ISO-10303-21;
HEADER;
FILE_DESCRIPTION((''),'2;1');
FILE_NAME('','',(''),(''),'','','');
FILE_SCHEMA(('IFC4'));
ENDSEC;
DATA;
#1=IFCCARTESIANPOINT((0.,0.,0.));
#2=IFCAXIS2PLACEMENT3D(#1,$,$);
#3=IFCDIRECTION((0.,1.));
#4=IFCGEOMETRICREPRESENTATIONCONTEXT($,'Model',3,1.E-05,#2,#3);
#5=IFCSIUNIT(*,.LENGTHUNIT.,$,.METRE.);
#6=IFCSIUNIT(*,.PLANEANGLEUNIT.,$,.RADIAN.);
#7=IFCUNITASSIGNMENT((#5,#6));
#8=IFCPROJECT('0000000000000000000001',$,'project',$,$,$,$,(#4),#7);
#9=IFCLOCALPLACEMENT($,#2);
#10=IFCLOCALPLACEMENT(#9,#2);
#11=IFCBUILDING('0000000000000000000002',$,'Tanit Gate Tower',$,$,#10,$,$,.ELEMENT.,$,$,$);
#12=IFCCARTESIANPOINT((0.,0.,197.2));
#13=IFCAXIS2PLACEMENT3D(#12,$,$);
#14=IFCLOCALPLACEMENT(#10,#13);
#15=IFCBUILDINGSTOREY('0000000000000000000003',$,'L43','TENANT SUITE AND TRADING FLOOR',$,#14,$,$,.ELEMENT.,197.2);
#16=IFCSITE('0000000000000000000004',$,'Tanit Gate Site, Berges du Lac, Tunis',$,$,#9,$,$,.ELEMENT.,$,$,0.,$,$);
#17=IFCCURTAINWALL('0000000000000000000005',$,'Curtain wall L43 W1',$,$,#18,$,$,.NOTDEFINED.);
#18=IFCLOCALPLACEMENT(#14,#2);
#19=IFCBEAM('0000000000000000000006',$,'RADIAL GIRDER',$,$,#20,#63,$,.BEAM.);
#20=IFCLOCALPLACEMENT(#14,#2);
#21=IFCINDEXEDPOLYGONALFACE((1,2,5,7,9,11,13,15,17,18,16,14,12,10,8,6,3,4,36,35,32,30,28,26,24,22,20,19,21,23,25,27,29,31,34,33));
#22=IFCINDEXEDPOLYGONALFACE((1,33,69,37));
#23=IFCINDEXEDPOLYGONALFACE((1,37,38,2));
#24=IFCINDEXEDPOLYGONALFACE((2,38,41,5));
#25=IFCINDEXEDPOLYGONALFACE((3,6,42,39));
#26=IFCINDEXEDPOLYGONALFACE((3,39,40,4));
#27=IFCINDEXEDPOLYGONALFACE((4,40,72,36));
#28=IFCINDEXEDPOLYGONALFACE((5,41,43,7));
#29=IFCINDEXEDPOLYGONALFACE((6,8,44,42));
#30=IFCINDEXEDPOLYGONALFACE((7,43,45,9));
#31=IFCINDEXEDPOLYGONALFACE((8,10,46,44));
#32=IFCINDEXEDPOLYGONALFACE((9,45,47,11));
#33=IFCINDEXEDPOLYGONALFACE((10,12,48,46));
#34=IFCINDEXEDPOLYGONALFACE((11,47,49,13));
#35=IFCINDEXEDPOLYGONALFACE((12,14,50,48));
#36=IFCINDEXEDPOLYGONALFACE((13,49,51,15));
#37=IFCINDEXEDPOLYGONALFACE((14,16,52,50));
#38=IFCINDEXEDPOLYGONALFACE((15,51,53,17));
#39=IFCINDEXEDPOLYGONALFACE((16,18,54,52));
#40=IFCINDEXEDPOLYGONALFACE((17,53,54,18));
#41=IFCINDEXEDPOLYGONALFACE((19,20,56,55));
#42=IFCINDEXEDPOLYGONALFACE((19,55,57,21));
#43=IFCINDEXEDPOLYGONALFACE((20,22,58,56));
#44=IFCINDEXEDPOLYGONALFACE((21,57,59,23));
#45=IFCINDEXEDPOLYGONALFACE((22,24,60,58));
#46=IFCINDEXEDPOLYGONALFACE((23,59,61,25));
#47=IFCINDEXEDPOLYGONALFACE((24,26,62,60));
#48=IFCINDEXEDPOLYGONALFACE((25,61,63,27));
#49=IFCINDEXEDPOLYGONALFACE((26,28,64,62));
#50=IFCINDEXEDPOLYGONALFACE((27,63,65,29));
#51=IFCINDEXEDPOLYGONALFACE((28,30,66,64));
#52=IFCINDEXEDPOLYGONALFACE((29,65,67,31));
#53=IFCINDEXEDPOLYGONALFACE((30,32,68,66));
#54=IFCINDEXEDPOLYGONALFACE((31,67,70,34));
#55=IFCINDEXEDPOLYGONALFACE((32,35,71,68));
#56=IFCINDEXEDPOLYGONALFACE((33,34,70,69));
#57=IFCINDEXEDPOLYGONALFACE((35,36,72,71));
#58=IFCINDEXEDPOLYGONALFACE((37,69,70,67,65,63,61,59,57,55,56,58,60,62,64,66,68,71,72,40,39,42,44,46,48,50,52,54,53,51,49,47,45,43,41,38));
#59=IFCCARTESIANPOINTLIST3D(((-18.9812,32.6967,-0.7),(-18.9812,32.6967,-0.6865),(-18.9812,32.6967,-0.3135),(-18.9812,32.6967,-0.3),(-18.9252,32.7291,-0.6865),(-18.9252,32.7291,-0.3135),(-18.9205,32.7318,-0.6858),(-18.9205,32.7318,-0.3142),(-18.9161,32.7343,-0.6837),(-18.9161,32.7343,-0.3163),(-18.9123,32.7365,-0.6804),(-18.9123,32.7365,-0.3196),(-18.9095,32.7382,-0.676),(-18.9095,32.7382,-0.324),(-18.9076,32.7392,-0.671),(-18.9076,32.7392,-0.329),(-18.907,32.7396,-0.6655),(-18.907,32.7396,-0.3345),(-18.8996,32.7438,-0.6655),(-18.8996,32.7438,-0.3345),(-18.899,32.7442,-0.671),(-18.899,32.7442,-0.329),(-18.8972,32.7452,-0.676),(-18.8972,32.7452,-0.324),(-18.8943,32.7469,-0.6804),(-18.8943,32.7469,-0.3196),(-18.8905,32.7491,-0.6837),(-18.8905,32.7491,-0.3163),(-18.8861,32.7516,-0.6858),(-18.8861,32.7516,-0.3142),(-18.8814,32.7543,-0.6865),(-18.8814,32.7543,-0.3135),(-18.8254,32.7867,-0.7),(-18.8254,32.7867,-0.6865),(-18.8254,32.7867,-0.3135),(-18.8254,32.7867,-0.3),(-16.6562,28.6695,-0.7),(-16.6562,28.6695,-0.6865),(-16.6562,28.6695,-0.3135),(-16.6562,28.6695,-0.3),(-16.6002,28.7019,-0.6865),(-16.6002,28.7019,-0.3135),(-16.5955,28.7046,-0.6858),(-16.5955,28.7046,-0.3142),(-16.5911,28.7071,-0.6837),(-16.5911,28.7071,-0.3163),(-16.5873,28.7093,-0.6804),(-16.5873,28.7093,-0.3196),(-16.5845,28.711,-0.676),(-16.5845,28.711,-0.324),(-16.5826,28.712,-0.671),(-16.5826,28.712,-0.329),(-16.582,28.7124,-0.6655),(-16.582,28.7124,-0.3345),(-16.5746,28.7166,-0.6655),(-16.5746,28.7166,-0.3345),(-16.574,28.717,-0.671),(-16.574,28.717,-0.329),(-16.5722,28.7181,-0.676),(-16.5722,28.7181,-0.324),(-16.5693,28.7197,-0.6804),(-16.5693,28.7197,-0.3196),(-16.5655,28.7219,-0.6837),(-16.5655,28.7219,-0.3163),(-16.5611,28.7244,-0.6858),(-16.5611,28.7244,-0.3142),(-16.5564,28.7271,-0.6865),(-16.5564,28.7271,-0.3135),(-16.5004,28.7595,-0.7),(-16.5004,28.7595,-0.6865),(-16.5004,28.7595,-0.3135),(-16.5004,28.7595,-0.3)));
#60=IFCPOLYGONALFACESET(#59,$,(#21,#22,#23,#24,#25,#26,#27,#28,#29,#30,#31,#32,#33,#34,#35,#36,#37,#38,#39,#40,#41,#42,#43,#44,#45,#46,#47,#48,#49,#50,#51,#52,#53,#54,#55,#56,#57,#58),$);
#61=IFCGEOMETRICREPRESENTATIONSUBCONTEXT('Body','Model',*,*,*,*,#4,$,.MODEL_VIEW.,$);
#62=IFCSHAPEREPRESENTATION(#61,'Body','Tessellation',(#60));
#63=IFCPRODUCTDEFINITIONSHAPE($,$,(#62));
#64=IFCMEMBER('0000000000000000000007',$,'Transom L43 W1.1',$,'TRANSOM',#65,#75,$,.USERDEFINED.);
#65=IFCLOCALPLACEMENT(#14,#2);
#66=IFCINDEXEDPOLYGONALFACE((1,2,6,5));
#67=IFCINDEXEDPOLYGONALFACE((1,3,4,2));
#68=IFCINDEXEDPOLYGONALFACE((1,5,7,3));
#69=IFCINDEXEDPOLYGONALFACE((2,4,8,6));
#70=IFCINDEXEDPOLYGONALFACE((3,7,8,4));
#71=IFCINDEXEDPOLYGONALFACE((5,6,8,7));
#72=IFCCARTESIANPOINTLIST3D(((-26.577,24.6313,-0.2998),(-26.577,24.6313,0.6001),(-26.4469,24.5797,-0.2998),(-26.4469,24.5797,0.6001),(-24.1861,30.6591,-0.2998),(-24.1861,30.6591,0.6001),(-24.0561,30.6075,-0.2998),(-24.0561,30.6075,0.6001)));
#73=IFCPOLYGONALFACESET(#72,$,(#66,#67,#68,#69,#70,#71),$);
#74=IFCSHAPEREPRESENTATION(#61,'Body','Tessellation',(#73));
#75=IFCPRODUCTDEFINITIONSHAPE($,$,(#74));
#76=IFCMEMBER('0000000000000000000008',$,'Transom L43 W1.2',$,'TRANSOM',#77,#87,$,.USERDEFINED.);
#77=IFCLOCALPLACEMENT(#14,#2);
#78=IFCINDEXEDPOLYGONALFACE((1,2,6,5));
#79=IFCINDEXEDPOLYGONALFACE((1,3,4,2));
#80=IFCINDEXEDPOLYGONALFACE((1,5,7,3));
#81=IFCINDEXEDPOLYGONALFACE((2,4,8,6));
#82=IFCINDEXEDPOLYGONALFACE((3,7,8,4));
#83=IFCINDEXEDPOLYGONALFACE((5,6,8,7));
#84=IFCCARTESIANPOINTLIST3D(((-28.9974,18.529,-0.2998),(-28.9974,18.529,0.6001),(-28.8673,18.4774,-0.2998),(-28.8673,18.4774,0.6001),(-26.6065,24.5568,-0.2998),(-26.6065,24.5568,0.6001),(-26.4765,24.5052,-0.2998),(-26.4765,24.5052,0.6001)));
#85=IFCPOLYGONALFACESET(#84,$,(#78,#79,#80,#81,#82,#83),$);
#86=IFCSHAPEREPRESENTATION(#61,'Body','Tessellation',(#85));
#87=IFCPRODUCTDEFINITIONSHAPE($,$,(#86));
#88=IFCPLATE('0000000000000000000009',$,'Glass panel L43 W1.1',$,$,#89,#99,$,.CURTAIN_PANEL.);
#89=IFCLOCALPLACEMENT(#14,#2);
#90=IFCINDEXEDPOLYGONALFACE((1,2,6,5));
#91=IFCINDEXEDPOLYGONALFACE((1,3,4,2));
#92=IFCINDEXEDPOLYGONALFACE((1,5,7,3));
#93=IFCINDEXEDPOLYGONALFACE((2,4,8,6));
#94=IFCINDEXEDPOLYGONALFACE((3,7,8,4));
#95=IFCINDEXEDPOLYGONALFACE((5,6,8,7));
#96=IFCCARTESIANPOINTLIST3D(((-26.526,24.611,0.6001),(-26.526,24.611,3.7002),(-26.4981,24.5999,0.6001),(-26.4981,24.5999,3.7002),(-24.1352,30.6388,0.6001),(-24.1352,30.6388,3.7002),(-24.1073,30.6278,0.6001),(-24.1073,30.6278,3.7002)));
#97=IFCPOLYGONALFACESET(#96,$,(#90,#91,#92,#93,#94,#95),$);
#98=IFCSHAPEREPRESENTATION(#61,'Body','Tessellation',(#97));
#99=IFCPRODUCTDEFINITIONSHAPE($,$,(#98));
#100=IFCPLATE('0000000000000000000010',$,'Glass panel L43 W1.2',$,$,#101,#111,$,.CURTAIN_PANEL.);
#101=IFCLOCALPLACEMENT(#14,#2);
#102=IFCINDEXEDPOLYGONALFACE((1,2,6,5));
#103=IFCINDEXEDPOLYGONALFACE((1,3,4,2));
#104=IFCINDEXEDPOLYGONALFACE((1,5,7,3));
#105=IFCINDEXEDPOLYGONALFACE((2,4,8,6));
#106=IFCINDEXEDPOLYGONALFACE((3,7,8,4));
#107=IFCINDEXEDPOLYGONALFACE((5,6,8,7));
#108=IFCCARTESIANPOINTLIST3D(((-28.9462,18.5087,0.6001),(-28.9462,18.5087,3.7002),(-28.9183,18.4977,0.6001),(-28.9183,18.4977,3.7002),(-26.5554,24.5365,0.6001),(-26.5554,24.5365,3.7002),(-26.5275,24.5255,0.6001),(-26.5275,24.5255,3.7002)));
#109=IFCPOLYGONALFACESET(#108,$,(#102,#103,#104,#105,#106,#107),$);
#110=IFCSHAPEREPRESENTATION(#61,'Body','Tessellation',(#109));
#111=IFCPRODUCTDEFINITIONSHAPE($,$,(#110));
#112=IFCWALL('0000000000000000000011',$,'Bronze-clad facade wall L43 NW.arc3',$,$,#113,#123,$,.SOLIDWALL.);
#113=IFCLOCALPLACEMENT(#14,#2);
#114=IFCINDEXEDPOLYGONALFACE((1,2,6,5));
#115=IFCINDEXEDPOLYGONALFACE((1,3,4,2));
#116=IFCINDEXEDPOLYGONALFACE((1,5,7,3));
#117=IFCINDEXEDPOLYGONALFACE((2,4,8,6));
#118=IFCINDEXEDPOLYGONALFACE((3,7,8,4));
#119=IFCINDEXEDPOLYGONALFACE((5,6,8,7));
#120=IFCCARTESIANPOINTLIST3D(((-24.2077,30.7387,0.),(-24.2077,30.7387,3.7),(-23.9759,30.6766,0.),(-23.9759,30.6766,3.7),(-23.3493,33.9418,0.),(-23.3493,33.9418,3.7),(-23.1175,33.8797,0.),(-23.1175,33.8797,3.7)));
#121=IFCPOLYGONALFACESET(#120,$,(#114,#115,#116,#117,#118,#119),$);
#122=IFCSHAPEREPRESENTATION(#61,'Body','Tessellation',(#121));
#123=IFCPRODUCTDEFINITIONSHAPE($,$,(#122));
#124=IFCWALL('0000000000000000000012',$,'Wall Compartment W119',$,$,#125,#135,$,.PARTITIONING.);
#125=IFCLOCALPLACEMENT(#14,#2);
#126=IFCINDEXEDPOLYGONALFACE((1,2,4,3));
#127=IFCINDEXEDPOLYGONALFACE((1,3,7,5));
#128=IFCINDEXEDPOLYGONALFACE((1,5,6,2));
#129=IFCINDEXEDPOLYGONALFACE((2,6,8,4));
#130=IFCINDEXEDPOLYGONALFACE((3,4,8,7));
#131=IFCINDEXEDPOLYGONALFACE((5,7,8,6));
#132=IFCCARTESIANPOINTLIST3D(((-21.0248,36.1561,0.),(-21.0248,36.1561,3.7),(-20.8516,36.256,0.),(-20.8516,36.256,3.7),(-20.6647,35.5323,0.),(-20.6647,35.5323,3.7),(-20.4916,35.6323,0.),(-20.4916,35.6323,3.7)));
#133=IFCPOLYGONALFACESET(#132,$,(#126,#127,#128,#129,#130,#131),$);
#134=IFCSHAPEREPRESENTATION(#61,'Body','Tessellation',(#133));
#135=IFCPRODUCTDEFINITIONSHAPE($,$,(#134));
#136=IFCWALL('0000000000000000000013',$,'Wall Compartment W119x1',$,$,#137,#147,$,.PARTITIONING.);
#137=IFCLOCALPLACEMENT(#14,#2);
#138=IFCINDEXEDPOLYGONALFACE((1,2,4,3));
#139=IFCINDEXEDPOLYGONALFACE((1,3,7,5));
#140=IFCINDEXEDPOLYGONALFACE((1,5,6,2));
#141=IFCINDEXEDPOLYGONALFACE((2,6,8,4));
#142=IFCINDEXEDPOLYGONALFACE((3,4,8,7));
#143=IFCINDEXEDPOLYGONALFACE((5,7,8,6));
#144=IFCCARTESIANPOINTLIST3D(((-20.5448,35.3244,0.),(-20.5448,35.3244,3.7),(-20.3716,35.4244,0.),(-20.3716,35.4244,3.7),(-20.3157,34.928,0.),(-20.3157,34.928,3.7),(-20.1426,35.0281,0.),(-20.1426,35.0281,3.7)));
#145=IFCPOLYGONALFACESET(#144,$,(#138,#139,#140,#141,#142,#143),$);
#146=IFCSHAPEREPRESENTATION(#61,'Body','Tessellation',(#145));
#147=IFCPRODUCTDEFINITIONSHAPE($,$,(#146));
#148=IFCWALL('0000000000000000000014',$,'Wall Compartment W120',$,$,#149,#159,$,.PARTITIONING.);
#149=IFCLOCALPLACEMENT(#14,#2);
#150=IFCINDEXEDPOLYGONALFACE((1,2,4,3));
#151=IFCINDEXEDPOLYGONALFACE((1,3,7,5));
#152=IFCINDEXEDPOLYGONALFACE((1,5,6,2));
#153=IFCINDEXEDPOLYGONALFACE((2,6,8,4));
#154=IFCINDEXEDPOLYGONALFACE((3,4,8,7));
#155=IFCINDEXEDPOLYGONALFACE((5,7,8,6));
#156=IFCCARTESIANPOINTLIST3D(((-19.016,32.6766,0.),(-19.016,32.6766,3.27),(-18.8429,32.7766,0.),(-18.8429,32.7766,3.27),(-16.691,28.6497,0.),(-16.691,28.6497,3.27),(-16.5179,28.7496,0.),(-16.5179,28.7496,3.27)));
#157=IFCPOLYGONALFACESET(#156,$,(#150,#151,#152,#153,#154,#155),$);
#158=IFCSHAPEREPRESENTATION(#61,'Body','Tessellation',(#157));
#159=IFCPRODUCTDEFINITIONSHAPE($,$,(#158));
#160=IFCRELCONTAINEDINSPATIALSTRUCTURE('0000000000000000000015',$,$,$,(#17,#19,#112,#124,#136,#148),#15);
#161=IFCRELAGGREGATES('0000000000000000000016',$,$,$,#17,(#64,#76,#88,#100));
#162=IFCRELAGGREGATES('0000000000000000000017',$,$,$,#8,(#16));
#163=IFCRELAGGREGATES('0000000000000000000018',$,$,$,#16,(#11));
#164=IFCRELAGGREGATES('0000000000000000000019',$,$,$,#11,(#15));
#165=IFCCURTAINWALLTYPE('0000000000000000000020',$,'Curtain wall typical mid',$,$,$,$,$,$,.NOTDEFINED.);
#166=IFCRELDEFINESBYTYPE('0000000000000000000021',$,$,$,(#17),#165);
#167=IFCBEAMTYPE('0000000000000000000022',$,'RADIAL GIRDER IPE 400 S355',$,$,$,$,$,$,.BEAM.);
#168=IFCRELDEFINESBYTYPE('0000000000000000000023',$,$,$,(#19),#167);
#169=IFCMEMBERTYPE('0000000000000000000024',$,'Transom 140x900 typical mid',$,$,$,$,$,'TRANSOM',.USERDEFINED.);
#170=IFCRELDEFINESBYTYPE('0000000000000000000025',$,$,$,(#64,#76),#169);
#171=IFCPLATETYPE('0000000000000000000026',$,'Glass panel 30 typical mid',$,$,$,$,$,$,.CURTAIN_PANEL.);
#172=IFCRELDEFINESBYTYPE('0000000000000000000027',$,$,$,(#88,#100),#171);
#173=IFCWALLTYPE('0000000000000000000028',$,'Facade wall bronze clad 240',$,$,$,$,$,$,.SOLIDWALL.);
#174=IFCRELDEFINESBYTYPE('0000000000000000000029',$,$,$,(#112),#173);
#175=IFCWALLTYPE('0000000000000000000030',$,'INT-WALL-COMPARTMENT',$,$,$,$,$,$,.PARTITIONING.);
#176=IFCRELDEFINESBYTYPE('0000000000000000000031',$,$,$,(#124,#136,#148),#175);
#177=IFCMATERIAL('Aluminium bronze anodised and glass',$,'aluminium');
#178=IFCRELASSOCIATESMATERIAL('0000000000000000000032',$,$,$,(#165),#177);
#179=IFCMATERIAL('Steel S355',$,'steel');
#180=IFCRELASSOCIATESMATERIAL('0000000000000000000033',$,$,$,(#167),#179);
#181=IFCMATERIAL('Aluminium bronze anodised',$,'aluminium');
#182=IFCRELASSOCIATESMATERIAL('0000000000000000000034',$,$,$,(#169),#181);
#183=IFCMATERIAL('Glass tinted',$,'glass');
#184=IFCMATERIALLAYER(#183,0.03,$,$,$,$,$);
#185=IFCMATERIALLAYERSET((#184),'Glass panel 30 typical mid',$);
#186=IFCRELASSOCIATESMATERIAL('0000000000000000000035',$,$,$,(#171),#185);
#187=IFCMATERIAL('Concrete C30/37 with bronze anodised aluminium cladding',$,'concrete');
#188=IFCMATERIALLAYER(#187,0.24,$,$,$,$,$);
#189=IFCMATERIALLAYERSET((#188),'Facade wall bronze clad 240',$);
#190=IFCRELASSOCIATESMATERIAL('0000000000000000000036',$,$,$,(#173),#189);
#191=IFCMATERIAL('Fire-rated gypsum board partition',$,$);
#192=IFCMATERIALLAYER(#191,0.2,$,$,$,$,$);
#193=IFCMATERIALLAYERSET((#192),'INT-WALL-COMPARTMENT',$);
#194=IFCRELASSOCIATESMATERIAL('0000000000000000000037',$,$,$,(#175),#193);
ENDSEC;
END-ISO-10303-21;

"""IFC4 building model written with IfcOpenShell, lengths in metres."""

from ifc_helpers import new_model, si_unit, direction, frame, frame_2d, origin, origin_2d, place, context, subcontext, project, spatial, rectangle, i_section, extrude, material, layer, layer_set, material_profile, profile_set, type_object, element, aggregate, save


model = new_model("IFC4")

# Units and contexts
model_context = context("Model", 3, precision=1e-05, world=origin(), true_north=direction((0.0, 1.0)))
body_context = subcontext(model_context, "Body", "Model", "MODEL_VIEW")
ifc_project = project(units=[si_unit("LENGTHUNIT", "METRE"), si_unit("PLANEANGLEUNIT", "RADIAN")], contexts=[model_context])

# Site, building, storey
site_placement = place(None, origin())
site = spatial("IfcSite", under=ifc_project, at=site_placement, Name="Tanit Gate Site, Berges du Lac, Tunis", CompositionType="ELEMENT", RefElevation=0.0)
building_placement = place(site_placement, origin())
building = spatial("IfcBuilding", under=site, at=building_placement, Name="Tanit Gate Tower", CompositionType="ELEMENT")
storey_placement = place(building_placement, frame((0.0, 0.0, 197.2)))
storey = spatial("IfcBuildingStorey", under=building, at=storey_placement, Name="L43", Description="TENANT SUITE AND TRADING FLOOR", CompositionType="ELEMENT", Elevation=197.2)

# Curtain wall
ifc_material_1 = material(Name="Aluminium bronze anodised and glass", Category="aluminium")
curtain_wall_type = type_object("IfcCurtainWallType", Name="Curtain wall typical mid", PredefinedType="NOTDEFINED", material=ifc_material_1)
curtain_wall_placement = place(storey_placement, origin())
curtain_wall = element("IfcCurtainWall", 1, at=curtain_wall_placement, inside=storey, type_object=curtain_wall_type, Name="Curtain wall L43 W1", PredefinedType="NOTDEFINED")

# Beam
ifc_material_2 = material(Name="Steel S355", Category="steel")
ifc_material_profile_1 = material_profile(ifc_material_2, i_section(OverallWidth=0.1799, OverallDepth=0.3999, WebThickness=0.0085, FlangeThickness=0.0134, FilletRadius=0.021, at=origin_2d()), Name="IPE 400")
ifc_profile_set_1 = profile_set([ifc_material_profile_1], Name="Steel S355")
beam_type_1 = type_object("IfcBeamType", Name="RADIAL GIRDER IPE 400 S355", PredefinedType="BEAM", material=ifc_profile_set_1)
beam_1_placement = place(storey_placement, frame((-18.9033, 32.7417, -0.5), z_axis=(0.499985, -0.866034, 0.0), x_axis=(0.866034, 0.499985, 0.0)))
element("IfcBeam", 2, at=beam_1_placement, inside=storey, type_object=beam_type_1, Name="RADIAL GIRDER", PredefinedType="BEAM", context=body_context, shape_type="SweptSolid", body=[
    extrude(i_section(OverallWidth=0.1799, OverallDepth=0.3999, WebThickness=0.0085, FlangeThickness=0.0134, FilletRadius=0.021, at=origin_2d()), origin(), (0.0, 0.0, 1.0), 4.6501),
])

# Members
ifc_material_3 = material(Name="Aluminium bronze anodised", Category="aluminium")
ifc_material_profile_2 = material_profile(ifc_material_3, rectangle(XDim=0.1399, YDim=0.8999, at=origin_2d()), Name="140x900 bronze transom")
ifc_profile_set_2 = profile_set([ifc_material_profile_2], Name="Aluminium bronze anodised")
member_type_1 = type_object("IfcMemberType", Name="Transom 140x900 typical mid", ElementType="TRANSOM", PredefinedType="USERDEFINED", material=ifc_profile_set_2)
member_1_placement = place(storey_placement, frame((-24.1211, 30.6333, 0.1501), z_axis=(-0.368695, -0.92955, 0.0), x_axis=(0.92955, -0.368695, 0.0)))
member_1 = element("IfcMember", 3, at=member_1_placement, type_object=member_type_1, Name="Transom L43 W1.1", ObjectType="TRANSOM", PredefinedType="USERDEFINED", context=body_context, shape_type="SweptSolid", body=[
    extrude(rectangle(XDim=0.1399, YDim=0.8999, at=origin_2d()), origin(), (0.0, 0.0, 1.0), 6.4846),
])
member_2_placement = place(storey_placement, frame((-26.5415, 24.531, 0.1501), z_axis=(-0.368695, -0.92955, 0.0), x_axis=(0.92955, -0.368695, 0.0)))
member_2 = element("IfcMember", 4, at=member_2_placement, type_object=member_type_1, Name="Transom L43 W1.2", ObjectType="TRANSOM", PredefinedType="USERDEFINED", context=body_context, shape_type="SweptSolid", body=[
    extrude(rectangle(XDim=0.1399, YDim=0.8999, at=origin_2d()), origin(), (0.0, 0.0, 1.0), 6.4846),
])

# Plates
ifc_material_4 = material(Name="Glass tinted", Category="glass")
ifc_layer_1 = layer(ifc_material_4, 0.03)
ifc_layer_set_1 = layer_set([ifc_layer_1], Name="Glass panel 30 typical mid")
plate_type = type_object("IfcPlateType", Name="Glass panel 30 typical mid", PredefinedType="CURTAIN_PANEL", material=ifc_layer_set_1)
plate_1_placement = place(storey_placement, frame((-25.3167, 27.6194, 0.6001), z_axis=(0.0, 0.0, 1.0), x_axis=(-0.368686, -0.929554, 0.0)))
plate_1 = element("IfcPlate", 5, at=plate_1_placement, type_object=plate_type, Name="Glass panel L43 W1.1", PredefinedType="CURTAIN_PANEL", context=body_context, shape_type="SweptSolid", body=[
    extrude(rectangle(XDim=6.4846, YDim=0.03, at=origin_2d()), origin(), (0.0, 0.0, 1.0), 3.1001),
])
plate_2_placement = place(storey_placement, frame((-27.7368, 21.5171, 0.6001), z_axis=(0.0, 0.0, 1.0), x_axis=(-0.368686, -0.929554, 0.0)))
plate_2 = element("IfcPlate", 6, at=plate_2_placement, type_object=plate_type, Name="Glass panel L43 W1.2", PredefinedType="CURTAIN_PANEL", context=body_context, shape_type="SweptSolid", body=[
    extrude(rectangle(XDim=6.4846, YDim=0.03, at=origin_2d()), origin(), (0.0, 0.0, 1.0), 3.1001),
])
aggregate(curtain_wall, [member_1, member_2, plate_1, plate_2])

# Walls
ifc_material_5 = material(Name="Concrete C30/37 with bronze anodised aluminium cladding", Category="concrete")
ifc_layer_2 = layer(ifc_material_5, 0.24)
ifc_layer_set_2 = layer_set([ifc_layer_2], Name="Facade wall bronze clad 240")
wall_type_1 = type_object("IfcWallType", Name="Facade wall bronze clad 240", PredefinedType="SOLIDWALL", material=ifc_layer_set_2)
wall_1_placement = place(storey_placement, frame((-23.2334, 33.9109, 0.0), z_axis=(0.0, 0.0, 1.0), x_axis=(-0.258854, -0.965917, 0.0)))
element("IfcWall", 7, at=wall_1_placement, inside=storey, type_object=wall_type_1, Name="Bronze-clad facade wall L43 NW.arc3", PredefinedType="SOLIDWALL", context=body_context, shape_type="SweptSolid", body=[
    extrude(rectangle(XDim=3.3162, YDim=0.24, at=frame_2d((1.6582, 0.0))), origin(), (0.0, 0.0, 1.0), 3.7),
])
ifc_material_6 = material(Name="Fire-rated gypsum board partition")
ifc_layer_3 = layer(ifc_material_6, 0.2)
ifc_layer_set_3 = layer_set([ifc_layer_3], Name="INT-WALL-COMPARTMENT")
wall_type_2 = type_object("IfcWallType", Name="INT-WALL-COMPARTMENT", PredefinedType="PARTITIONING", material=ifc_layer_set_3)
wall_2_placement = place(storey_placement, frame((-20.9382, 36.2061, 0.0), z_axis=(0.0, 0.0, 1.0), x_axis=(0.499967, -0.866044, 0.0)))
element("IfcWall", 8, at=wall_2_placement, inside=storey, type_object=wall_type_2, Name="Wall Compartment W119", PredefinedType="PARTITIONING", context=body_context, shape_type="SweptSolid", body=[
    extrude(rectangle(XDim=0.7202, YDim=0.2, at=frame_2d((0.3601, 0.0))), origin(), (0.0, 0.0, 1.0), 3.7),
])
wall_3_placement = place(storey_placement, frame((-20.4583, 35.3745, 0.0), z_axis=(0.0, 0.0, 1.0), x_axis=(0.500384, -0.865803, 0.0)))
element("IfcWall", 9, at=wall_3_placement, inside=storey, type_object=wall_type_2, Name="Wall Compartment W119x1", PredefinedType="PARTITIONING", context=body_context, shape_type="SweptSolid", body=[
    extrude(rectangle(XDim=0.4578, YDim=0.2, at=frame_2d((0.229, 0.0))), origin(), (0.0, 0.0, 1.0), 3.7),
])
wall_4_placement = place(storey_placement, frame((-18.9294, 32.7266, 0.0), z_axis=(0.0, 0.0, 1.0), x_axis=(0.500007, -0.866021, 0.0)))
element("IfcWall", 10, at=wall_4_placement, inside=storey, type_object=wall_type_2, Name="Wall Compartment W120", PredefinedType="PARTITIONING", context=body_context, shape_type="SweptSolid", body=[
    extrude(rectangle(XDim=4.6499, YDim=0.2, at=frame_2d((2.325, 0.0))), origin(), (0.0, 0.0, 1.0), 3.27),
])

save(model, "model.ifc")
